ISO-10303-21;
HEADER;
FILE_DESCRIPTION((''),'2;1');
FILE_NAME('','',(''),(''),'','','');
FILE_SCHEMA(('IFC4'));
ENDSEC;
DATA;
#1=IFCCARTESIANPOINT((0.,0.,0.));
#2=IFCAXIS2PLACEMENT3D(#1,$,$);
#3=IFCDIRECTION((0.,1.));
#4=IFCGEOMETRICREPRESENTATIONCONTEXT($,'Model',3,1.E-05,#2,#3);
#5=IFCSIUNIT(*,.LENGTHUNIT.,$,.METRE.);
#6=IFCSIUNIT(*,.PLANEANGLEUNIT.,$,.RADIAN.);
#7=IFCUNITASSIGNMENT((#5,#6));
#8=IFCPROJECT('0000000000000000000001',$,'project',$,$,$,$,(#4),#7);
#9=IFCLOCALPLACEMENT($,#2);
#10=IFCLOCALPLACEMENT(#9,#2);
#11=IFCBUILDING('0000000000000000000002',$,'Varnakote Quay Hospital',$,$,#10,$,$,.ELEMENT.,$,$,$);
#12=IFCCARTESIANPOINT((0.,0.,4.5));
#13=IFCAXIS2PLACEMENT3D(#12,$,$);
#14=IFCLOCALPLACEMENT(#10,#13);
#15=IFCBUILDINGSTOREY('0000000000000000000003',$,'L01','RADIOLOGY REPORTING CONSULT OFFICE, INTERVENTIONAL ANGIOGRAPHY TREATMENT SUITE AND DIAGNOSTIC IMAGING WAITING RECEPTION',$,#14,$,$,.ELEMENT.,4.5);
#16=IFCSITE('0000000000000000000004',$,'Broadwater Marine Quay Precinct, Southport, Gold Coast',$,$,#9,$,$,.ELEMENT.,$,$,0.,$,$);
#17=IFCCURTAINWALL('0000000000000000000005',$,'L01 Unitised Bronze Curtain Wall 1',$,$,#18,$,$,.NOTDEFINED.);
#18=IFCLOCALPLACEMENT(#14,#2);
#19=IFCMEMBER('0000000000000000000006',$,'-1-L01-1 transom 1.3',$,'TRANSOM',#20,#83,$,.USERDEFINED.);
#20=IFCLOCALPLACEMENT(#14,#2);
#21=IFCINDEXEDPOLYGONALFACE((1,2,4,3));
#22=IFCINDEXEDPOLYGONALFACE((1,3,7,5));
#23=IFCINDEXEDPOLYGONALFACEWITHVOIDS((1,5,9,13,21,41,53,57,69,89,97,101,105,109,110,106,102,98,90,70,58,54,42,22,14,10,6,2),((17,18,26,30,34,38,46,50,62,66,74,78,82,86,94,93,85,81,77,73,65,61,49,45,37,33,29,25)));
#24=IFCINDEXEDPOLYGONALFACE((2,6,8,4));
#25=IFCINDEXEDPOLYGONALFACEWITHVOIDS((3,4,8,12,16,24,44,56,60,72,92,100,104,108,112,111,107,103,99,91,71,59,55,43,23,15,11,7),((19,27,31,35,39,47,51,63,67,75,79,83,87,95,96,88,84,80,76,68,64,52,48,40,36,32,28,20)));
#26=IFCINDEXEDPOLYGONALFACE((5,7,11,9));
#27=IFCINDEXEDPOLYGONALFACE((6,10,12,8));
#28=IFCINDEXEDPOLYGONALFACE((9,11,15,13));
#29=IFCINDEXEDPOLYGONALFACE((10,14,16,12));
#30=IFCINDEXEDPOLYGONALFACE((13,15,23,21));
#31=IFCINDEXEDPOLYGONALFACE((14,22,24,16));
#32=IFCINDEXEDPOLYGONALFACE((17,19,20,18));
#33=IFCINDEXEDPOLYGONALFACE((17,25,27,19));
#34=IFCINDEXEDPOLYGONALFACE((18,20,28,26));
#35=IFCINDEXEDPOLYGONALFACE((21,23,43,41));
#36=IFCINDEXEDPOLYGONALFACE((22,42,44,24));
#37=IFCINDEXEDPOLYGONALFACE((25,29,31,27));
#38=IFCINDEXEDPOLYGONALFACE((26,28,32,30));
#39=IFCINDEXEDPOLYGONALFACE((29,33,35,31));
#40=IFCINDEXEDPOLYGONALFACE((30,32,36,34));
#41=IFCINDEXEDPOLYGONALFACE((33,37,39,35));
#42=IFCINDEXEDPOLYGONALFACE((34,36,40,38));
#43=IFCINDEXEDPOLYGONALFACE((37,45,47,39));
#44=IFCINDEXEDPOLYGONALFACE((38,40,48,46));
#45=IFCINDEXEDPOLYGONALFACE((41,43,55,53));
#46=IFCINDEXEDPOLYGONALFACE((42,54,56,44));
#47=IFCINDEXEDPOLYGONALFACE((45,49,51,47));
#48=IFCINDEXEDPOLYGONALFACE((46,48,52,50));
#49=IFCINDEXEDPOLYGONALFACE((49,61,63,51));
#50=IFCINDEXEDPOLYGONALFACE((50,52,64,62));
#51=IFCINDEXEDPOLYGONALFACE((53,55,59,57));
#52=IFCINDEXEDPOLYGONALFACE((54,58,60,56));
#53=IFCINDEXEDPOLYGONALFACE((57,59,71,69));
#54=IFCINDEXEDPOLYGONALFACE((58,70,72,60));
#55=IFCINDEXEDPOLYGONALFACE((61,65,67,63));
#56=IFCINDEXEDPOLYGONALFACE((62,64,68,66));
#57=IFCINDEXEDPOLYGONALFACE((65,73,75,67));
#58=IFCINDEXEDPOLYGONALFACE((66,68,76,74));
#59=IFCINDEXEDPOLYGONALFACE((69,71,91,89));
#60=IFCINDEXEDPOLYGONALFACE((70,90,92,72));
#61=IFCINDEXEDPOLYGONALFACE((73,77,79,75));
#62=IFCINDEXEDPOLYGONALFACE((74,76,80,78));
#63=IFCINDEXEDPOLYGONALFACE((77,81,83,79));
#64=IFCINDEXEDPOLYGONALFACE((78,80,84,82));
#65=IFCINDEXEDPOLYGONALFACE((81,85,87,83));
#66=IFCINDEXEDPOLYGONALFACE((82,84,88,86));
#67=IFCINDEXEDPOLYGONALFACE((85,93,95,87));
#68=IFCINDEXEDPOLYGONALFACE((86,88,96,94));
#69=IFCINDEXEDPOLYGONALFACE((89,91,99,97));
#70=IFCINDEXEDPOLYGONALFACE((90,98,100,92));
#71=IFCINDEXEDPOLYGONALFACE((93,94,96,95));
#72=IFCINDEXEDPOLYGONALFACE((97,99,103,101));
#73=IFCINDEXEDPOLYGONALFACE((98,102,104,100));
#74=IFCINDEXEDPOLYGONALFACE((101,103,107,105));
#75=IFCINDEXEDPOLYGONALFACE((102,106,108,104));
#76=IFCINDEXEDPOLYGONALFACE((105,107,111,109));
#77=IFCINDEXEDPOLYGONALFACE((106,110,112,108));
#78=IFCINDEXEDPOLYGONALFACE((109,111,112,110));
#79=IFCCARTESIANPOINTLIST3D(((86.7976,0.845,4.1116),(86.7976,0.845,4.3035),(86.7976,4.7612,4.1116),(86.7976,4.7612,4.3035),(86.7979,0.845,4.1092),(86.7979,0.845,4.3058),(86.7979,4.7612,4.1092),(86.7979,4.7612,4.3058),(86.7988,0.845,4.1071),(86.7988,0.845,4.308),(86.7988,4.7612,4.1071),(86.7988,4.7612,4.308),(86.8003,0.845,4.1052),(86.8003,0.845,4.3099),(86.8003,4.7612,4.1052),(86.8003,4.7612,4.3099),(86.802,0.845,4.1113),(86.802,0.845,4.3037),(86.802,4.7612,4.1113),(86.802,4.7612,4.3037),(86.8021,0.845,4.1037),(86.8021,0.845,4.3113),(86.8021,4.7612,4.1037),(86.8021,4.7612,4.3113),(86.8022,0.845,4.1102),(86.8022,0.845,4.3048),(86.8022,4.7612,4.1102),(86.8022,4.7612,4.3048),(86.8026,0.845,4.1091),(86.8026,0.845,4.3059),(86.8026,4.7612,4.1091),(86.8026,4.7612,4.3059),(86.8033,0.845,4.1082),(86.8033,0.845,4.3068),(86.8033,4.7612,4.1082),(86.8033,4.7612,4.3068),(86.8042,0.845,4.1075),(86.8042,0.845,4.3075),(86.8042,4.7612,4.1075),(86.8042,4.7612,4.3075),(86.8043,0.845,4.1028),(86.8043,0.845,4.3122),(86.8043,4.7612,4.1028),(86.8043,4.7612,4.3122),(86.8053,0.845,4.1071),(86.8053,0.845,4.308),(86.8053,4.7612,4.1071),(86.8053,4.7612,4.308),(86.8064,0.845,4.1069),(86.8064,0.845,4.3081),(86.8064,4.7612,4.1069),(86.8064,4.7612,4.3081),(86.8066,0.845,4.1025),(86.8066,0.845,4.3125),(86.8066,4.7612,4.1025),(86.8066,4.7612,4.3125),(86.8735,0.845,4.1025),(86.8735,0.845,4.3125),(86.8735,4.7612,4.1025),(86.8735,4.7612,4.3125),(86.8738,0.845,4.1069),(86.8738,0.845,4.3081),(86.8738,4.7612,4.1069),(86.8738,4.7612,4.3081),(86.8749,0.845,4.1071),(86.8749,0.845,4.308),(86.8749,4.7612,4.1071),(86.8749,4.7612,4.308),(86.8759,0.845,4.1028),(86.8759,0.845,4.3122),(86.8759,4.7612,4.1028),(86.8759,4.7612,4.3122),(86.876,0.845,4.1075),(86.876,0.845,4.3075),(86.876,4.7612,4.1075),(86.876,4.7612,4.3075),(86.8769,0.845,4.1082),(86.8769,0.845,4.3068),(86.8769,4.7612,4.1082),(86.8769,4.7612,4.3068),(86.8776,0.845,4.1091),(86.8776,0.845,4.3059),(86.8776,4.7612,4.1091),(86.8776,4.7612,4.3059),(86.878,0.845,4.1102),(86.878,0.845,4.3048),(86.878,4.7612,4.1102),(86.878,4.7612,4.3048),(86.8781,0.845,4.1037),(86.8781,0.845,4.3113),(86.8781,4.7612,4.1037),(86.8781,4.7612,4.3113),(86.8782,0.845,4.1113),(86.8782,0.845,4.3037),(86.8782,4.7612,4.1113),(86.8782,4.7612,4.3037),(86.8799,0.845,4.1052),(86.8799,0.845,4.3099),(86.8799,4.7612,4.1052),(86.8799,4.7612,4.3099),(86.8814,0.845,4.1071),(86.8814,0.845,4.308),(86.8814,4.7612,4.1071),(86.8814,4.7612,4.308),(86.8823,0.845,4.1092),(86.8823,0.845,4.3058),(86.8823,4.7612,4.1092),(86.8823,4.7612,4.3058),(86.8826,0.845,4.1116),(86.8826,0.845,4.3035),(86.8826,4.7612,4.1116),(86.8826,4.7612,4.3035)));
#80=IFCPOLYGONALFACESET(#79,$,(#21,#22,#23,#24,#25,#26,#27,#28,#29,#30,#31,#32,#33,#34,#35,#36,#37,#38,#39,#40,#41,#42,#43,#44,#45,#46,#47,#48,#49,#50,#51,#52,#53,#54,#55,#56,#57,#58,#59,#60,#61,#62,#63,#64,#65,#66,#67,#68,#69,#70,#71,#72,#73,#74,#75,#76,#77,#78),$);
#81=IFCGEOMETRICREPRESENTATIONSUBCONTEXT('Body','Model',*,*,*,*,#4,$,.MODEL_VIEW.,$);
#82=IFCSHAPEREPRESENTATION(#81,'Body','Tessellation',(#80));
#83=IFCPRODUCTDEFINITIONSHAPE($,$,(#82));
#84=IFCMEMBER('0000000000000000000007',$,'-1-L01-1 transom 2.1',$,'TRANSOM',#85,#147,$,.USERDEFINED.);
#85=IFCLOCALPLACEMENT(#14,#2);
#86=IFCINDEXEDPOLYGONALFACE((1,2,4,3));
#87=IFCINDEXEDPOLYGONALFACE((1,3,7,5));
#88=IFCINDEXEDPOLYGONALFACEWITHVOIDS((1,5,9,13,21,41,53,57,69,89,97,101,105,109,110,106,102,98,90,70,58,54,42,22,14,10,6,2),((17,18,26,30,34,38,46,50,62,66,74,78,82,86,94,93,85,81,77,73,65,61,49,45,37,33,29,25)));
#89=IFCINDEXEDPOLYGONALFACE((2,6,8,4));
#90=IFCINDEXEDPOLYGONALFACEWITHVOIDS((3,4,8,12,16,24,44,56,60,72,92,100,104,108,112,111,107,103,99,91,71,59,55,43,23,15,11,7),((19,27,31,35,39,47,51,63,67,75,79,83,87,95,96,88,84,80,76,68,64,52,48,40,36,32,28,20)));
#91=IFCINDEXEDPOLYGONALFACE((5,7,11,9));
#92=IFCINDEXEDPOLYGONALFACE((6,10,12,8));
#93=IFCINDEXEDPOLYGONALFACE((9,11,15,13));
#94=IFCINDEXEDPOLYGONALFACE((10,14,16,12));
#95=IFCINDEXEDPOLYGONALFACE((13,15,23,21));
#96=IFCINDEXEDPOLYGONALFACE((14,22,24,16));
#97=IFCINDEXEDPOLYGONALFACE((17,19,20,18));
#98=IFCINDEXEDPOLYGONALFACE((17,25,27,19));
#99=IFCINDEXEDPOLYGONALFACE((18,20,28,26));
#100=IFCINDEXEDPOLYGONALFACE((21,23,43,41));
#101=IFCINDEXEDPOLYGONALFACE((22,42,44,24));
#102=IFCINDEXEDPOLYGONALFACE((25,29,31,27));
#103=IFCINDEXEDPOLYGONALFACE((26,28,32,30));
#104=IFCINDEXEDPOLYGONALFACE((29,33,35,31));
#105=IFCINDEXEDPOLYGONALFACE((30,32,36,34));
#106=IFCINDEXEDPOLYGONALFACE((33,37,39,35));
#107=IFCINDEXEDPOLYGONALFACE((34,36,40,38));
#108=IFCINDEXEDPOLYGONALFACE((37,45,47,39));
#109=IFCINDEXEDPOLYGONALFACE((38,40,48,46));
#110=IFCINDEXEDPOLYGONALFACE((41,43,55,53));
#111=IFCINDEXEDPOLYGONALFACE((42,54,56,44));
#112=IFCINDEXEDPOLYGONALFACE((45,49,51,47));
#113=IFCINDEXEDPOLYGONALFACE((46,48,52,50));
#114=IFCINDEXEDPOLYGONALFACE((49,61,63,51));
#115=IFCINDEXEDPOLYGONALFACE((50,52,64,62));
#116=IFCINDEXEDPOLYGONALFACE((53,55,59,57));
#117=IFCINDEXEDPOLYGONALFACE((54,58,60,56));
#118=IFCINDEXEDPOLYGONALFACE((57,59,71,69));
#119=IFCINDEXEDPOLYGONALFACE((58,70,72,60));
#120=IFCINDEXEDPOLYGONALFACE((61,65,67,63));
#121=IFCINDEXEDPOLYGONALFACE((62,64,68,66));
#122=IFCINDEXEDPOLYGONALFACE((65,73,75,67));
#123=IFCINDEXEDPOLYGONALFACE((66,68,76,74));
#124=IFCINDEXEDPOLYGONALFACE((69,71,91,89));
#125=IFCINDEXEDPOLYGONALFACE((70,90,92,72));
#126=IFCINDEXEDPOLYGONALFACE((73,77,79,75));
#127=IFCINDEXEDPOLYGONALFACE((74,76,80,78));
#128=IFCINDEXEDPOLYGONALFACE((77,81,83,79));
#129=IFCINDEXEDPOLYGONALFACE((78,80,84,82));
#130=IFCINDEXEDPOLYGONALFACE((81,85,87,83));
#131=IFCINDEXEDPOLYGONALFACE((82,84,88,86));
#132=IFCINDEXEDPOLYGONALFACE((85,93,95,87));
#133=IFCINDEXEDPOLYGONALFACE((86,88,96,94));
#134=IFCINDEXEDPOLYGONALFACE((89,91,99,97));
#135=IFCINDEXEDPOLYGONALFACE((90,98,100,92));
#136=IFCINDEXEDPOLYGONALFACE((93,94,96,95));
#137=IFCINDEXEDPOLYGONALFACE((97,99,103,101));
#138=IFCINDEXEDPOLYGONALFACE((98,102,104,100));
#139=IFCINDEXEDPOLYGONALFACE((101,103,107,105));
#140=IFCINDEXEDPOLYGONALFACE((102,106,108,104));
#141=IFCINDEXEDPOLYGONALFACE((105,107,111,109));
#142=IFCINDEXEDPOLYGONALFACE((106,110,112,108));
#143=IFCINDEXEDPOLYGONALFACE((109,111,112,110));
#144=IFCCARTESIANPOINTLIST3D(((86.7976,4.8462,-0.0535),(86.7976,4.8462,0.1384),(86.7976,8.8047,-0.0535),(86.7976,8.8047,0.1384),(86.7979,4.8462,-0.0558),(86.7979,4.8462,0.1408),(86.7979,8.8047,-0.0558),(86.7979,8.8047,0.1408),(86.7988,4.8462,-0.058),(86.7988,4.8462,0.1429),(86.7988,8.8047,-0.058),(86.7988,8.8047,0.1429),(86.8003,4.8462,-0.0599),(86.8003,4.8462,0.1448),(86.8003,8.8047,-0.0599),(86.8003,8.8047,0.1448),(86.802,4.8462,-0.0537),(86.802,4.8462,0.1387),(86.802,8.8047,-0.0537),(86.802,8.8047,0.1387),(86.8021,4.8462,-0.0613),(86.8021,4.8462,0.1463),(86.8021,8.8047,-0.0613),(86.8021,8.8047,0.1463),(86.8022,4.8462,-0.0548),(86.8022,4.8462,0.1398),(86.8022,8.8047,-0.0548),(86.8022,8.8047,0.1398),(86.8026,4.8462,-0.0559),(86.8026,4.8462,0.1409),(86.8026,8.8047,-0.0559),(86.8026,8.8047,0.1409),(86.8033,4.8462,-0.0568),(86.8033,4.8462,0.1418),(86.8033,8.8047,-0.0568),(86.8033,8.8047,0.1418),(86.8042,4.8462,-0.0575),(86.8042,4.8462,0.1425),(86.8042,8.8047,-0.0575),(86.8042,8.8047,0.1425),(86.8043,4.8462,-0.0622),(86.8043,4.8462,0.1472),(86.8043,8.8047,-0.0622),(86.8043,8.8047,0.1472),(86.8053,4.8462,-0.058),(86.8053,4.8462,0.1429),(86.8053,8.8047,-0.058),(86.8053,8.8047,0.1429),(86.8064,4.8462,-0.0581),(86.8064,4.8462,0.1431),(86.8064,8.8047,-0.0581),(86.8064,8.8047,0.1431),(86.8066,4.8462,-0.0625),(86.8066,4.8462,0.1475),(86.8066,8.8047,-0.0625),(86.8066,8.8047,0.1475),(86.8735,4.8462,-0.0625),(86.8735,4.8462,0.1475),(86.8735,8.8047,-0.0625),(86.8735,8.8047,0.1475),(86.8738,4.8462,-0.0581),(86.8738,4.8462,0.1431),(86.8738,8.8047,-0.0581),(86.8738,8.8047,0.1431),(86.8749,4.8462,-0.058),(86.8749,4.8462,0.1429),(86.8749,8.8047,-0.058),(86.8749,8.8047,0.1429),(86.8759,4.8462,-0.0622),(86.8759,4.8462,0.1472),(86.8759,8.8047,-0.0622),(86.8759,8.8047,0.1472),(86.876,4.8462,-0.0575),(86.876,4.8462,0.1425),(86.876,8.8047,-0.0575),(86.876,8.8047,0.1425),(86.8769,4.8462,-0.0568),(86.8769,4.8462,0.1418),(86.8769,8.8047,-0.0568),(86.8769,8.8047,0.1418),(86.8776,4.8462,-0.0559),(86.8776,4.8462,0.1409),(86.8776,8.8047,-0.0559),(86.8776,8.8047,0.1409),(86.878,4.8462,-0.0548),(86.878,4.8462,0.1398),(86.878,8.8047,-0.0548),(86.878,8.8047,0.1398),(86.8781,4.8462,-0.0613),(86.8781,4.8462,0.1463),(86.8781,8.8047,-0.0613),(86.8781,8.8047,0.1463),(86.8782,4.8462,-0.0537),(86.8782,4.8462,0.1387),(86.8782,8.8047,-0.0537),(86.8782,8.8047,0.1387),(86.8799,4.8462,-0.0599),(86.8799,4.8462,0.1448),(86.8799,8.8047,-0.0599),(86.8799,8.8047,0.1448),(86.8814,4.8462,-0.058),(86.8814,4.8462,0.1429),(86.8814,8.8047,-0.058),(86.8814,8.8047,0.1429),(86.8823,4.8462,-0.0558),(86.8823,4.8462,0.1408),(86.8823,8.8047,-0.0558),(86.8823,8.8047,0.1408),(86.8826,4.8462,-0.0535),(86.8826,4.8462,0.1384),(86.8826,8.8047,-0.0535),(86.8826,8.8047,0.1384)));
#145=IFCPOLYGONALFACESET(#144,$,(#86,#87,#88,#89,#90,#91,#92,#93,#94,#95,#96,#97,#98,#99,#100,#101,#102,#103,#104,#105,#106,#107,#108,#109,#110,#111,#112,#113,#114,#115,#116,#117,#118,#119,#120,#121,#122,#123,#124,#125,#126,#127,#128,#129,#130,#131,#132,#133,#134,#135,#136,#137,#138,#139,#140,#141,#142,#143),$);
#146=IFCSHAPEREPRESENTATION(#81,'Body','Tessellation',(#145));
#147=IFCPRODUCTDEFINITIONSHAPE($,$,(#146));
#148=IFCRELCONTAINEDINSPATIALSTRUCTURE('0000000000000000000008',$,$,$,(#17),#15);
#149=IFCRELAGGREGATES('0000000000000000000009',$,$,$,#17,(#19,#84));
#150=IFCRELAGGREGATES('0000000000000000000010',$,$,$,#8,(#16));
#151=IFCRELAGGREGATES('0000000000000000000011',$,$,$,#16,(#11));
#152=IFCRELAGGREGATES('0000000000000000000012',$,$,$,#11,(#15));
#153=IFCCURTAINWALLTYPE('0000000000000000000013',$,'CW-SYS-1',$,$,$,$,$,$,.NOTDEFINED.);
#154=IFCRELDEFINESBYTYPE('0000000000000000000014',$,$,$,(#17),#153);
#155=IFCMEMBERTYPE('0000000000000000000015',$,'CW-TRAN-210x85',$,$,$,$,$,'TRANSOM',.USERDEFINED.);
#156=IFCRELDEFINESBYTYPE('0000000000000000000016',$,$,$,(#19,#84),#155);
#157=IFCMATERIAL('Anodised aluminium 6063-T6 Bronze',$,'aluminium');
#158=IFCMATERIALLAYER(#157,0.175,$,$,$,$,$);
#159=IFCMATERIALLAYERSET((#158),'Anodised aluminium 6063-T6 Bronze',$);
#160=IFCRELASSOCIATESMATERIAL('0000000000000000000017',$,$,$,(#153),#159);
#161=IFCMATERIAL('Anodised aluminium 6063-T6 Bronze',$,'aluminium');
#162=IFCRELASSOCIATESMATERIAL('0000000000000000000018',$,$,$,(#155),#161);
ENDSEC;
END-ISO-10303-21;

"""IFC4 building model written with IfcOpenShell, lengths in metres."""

from ifc_helpers import new_model, si_unit, direction, frame, origin, origin_2d, place, context, subcontext, project, spatial, hollow_rectangle, extrude, material, layer, layer_set, material_profile, profile_set, type_object, element, aggregate, save


model = new_model("IFC4")

# Units and contexts
model_context = context("Model", 3, precision=1e-05, world=origin(), true_north=direction((0.0, 1.0)))
body_context = subcontext(model_context, "Body", "Model", "MODEL_VIEW")
ifc_project = project(units=[si_unit("LENGTHUNIT", "METRE"), si_unit("PLANEANGLEUNIT", "RADIAN")], contexts=[model_context])

# Site, building, storey
site_placement = place(None, origin())
site = spatial("IfcSite", under=ifc_project, at=site_placement, Name="Broadwater Marine Quay Precinct, Southport, Gold Coast", CompositionType="ELEMENT", RefElevation=0.0)
building_placement = place(site_placement, origin())
building = spatial("IfcBuilding", under=site, at=building_placement, Name="Varnakote Quay Hospital", CompositionType="ELEMENT")
storey_placement = place(building_placement, frame((0.0, 0.0, 4.5)))
storey = spatial("IfcBuildingStorey", under=building, at=storey_placement, Name="L01", Description="RADIOLOGY REPORTING CONSULT OFFICE, INTERVENTIONAL ANGIOGRAPHY TREATMENT SUITE AND DIAGNOSTIC IMAGING WAITING RECEPTION", CompositionType="ELEMENT", Elevation=4.5)

# Curtain wall, members
ifc_material_1 = material(Name="Anodised aluminium 6063-T6 Bronze", Category="aluminium")
ifc_layer_1 = layer(ifc_material_1, 0.175)
ifc_layer_set_1 = layer_set([ifc_layer_1], Name="Anodised aluminium 6063-T6 Bronze")
curtain_wall_type = type_object("IfcCurtainWallType", Name="CW-SYS-1", PredefinedType="NOTDEFINED", material=ifc_layer_set_1)
curtain_wall_placement = place(storey_placement, origin())
curtain_wall = element("IfcCurtainWall", 1, at=curtain_wall_placement, inside=storey, type_object=curtain_wall_type, Name="L01 Unitised Bronze Curtain Wall 1", PredefinedType="NOTDEFINED")
ifc_material_2 = material(Name="Anodised aluminium 6063-T6 Bronze", Category="aluminium")
ifc_material_profile_1 = material_profile(ifc_material_2, hollow_rectangle(XDim=0.085, YDim=0.21, WallThickness=0.0044, InnerFilletRadius=0.0044, OuterFilletRadius=0.009, at=origin_2d()), Name="CW-TRAN-210x85")
ifc_profile_set_1 = profile_set([ifc_material_profile_1], Name="Anodised aluminium 6063-T6 Bronze")
member_type_1 = type_object("IfcMemberType", Name="CW-TRAN-210x85", ElementType="TRANSOM", PredefinedType="USERDEFINED", material=ifc_profile_set_1)
member_1_placement = place(storey_placement, frame((86.8401, 0.845, 4.2075), z_axis=(0.0, 1.0, 0.0), x_axis=(-1.0, 0.0, 0.0)))
member_1 = element("IfcMember", 2, at=member_1_placement, type_object=member_type_1, Name="-1-L01-1 transom 1.3", ObjectType="TRANSOM", PredefinedType="USERDEFINED", context=body_context, shape_type="SweptSolid", body=[
    extrude(hollow_rectangle(XDim=0.085, YDim=0.21, WallThickness=0.0044, InnerFilletRadius=0.0044, OuterFilletRadius=0.009, at=origin_2d()), origin(), (0.0, 0.0, 1.0), 3.9163),
])
member_2_placement = place(storey_placement, frame((86.8401, 4.8462, 0.0425), z_axis=(0.0, 1.0, 0.0), x_axis=(-1.0, 0.0, 0.0)))
member_2 = element("IfcMember", 3, at=member_2_placement, type_object=member_type_1, Name="-1-L01-1 transom 2.1", ObjectType="TRANSOM", PredefinedType="USERDEFINED", context=body_context, shape_type="SweptSolid", body=[
    extrude(hollow_rectangle(XDim=0.085, YDim=0.21, WallThickness=0.0044, InnerFilletRadius=0.0044, OuterFilletRadius=0.009, at=origin_2d()), origin(), (0.0, 0.0, 1.0), 3.9585),
])
aggregate(curtain_wall, [member_1, member_2])

save(model, "model.ifc")
